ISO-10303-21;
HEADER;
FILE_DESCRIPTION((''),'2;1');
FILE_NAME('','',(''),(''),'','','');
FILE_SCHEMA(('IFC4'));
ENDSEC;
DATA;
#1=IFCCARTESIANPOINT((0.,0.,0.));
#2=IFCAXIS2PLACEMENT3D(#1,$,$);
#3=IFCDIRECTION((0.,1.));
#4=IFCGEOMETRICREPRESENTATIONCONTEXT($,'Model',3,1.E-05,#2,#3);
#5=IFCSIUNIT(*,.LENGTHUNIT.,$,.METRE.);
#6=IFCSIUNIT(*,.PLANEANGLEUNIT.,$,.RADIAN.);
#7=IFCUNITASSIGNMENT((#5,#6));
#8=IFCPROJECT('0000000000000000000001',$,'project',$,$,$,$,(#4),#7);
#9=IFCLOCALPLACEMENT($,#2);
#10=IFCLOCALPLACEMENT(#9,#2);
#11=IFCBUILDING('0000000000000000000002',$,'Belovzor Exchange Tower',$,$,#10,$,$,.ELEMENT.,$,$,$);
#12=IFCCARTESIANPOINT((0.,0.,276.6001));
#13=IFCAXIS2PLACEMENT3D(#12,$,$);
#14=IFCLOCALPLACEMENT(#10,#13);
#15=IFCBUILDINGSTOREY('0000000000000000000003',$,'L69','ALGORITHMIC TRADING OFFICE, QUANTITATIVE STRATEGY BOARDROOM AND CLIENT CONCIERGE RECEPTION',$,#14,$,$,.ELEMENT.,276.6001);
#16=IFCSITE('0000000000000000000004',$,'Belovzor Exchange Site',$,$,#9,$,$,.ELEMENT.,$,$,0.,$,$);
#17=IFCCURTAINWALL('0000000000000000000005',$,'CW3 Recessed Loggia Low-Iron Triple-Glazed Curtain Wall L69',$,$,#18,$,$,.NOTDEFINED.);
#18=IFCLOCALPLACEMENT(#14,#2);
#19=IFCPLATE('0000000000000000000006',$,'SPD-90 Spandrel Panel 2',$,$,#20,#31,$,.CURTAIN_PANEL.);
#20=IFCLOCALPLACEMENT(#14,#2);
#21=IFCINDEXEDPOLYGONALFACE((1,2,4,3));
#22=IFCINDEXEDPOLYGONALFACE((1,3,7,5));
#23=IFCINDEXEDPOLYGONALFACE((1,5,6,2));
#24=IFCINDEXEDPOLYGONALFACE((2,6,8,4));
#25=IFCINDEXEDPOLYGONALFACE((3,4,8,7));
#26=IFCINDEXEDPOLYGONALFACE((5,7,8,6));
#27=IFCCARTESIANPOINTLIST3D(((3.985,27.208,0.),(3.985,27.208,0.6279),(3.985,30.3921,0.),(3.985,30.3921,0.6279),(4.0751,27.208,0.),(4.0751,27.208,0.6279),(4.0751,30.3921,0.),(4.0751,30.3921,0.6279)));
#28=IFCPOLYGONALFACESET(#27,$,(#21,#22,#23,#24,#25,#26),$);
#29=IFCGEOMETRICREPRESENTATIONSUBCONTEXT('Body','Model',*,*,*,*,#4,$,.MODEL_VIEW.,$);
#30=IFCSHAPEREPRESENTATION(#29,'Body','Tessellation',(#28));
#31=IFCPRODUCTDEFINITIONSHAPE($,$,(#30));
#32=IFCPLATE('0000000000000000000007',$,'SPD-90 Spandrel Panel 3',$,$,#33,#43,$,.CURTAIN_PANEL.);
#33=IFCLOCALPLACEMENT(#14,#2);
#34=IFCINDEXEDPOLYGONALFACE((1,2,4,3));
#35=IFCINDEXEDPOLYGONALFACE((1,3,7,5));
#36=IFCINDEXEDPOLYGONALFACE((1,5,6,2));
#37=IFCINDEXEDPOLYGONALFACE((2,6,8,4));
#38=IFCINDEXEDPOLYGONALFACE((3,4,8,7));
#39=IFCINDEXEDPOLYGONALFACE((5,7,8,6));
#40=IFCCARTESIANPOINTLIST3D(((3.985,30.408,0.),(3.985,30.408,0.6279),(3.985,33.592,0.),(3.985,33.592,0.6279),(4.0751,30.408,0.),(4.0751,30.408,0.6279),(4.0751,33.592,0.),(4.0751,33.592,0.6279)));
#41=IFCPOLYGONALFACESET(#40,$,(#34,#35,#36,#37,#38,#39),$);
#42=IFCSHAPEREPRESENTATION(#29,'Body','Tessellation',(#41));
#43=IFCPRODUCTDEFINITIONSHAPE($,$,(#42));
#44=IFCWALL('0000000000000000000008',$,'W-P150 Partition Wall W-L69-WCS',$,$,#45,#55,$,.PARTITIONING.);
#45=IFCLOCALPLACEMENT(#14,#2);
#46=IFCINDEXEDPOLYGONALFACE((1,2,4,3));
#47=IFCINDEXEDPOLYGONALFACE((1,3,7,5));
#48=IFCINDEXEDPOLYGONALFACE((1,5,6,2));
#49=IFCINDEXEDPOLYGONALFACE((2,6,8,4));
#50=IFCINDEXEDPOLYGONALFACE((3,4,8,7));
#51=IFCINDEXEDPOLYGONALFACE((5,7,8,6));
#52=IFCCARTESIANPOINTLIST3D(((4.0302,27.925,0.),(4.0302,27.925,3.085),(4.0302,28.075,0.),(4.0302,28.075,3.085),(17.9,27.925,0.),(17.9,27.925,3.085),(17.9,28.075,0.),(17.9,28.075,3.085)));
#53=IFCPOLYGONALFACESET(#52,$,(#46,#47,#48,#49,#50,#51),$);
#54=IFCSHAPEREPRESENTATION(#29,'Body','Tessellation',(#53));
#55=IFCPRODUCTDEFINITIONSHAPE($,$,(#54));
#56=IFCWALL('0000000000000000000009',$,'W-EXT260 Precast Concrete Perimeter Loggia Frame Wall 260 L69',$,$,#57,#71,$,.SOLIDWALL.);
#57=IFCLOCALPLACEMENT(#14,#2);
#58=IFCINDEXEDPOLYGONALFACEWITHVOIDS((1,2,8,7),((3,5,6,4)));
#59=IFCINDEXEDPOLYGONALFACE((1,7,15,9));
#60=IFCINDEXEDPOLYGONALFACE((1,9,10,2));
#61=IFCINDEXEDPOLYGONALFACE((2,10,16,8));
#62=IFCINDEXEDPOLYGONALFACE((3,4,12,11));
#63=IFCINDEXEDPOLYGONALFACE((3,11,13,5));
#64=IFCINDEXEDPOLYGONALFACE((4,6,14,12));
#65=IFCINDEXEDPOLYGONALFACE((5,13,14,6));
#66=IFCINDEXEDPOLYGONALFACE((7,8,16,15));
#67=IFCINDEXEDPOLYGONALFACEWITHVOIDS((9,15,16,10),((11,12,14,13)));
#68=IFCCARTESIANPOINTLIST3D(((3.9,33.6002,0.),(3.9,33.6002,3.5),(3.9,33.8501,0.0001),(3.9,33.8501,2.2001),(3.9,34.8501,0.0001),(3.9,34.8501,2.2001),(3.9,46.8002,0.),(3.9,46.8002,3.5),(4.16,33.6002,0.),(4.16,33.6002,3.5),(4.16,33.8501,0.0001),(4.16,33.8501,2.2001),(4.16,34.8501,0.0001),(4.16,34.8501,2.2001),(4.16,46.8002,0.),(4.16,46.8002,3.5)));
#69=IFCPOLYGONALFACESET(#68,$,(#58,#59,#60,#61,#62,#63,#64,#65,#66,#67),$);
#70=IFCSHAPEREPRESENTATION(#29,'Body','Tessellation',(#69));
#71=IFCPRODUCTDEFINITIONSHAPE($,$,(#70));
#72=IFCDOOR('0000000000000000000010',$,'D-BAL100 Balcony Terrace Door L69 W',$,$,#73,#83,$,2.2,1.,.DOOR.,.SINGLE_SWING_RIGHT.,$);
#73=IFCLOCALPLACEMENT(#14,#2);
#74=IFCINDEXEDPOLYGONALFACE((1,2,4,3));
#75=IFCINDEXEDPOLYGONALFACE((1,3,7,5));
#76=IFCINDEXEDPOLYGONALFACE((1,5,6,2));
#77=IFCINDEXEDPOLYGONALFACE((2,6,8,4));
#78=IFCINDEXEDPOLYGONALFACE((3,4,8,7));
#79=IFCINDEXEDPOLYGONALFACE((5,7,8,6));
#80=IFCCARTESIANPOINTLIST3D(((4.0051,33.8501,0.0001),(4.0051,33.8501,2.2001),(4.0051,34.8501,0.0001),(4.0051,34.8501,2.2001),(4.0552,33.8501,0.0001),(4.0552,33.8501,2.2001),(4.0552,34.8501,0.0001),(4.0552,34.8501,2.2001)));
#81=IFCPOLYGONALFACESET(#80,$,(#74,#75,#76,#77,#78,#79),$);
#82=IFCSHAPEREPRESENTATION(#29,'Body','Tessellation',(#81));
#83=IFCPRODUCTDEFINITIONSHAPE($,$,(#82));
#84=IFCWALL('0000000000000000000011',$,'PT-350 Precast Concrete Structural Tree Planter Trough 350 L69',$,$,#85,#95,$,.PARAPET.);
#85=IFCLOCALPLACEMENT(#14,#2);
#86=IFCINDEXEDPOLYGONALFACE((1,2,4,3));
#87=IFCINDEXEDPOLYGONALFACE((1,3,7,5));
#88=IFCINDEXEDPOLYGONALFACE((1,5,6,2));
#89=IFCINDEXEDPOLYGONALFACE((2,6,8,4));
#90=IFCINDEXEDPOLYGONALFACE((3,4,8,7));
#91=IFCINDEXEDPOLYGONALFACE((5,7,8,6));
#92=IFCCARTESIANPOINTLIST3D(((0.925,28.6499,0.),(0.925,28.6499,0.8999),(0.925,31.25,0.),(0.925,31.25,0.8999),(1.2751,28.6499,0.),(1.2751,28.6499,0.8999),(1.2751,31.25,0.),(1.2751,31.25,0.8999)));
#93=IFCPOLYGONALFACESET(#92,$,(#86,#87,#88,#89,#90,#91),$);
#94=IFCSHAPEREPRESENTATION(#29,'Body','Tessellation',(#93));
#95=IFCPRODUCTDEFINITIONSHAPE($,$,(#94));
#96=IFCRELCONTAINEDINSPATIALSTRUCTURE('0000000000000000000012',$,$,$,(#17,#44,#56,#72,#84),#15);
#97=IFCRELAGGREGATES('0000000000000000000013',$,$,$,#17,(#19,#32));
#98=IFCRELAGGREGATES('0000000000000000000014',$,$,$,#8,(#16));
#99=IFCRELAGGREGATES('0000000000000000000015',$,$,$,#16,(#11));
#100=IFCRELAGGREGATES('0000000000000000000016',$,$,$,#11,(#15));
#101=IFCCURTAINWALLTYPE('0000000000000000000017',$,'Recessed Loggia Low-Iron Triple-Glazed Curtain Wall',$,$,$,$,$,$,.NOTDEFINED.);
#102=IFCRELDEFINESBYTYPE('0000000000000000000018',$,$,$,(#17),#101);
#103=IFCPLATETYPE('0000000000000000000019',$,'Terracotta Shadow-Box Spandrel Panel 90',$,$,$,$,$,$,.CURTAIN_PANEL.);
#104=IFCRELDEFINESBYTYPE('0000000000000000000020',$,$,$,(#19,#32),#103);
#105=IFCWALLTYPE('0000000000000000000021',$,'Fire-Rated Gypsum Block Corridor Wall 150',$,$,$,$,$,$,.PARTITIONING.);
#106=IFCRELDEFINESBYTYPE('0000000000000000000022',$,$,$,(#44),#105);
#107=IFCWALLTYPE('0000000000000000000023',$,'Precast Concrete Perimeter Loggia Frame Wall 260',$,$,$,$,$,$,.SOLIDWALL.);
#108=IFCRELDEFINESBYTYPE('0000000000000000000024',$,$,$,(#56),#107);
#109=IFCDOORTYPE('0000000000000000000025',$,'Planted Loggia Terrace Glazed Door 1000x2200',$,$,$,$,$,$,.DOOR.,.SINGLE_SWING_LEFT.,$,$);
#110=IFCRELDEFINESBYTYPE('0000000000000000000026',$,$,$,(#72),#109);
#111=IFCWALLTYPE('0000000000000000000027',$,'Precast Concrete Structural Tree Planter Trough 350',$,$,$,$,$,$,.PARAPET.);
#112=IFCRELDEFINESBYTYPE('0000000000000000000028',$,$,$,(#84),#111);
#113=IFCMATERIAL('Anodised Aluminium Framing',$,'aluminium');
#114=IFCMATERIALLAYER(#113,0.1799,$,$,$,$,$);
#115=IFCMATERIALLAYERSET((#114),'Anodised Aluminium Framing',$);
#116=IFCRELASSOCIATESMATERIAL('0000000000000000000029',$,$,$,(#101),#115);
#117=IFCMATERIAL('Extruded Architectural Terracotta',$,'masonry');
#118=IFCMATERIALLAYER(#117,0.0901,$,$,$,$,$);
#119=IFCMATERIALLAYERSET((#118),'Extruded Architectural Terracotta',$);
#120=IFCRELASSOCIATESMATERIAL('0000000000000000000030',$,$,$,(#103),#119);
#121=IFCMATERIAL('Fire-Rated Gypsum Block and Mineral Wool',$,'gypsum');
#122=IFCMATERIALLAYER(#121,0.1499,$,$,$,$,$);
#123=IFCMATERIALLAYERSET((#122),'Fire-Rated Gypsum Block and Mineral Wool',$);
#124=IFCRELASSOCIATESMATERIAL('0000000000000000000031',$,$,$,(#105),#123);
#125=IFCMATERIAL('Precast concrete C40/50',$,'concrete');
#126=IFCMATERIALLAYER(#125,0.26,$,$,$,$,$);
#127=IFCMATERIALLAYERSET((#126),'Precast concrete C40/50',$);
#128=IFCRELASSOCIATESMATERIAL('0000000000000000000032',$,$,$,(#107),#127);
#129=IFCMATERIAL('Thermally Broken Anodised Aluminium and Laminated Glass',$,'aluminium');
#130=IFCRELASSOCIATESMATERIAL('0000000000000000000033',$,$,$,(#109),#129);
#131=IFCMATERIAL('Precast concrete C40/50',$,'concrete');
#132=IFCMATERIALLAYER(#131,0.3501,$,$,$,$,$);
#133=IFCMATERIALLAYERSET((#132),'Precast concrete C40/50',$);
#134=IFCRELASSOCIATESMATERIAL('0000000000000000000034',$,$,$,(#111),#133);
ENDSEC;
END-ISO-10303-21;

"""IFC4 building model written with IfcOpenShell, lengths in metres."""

from ifc_helpers import new_model, si_unit, direction, frame, frame_2d, origin, origin_2d, place, context, subcontext, project, spatial, rectangle, extrude, material, layer, layer_set, type_object, element, fill, aggregate, save


model = new_model("IFC4")

# Units and contexts
model_context = context("Model", 3, precision=1e-05, world=origin(), true_north=direction((0.0, 1.0)))
body_context = subcontext(model_context, "Body", "Model", "MODEL_VIEW")
ifc_project = project(units=[si_unit("LENGTHUNIT", "METRE"), si_unit("PLANEANGLEUNIT", "RADIAN")], contexts=[model_context])

# Site, building, storey
site_placement = place(None, origin())
site = spatial("IfcSite", under=ifc_project, at=site_placement, Name="Belovzor Exchange Site", CompositionType="ELEMENT", RefElevation=0.0)
building_placement = place(site_placement, origin())
building = spatial("IfcBuilding", under=site, at=building_placement, Name="Belovzor Exchange Tower", CompositionType="ELEMENT")
storey_placement = place(building_placement, frame((0.0, 0.0, 276.6001)))
storey = spatial("IfcBuildingStorey", under=building, at=storey_placement, Name="L69", Description="ALGORITHMIC TRADING OFFICE, QUANTITATIVE STRATEGY BOARDROOM AND CLIENT CONCIERGE RECEPTION", CompositionType="ELEMENT", Elevation=276.6001)

# Curtain wall
ifc_material_1 = material(Name="Anodised Aluminium Framing", Category="aluminium")
ifc_layer_1 = layer(ifc_material_1, 0.1799)
ifc_layer_set_1 = layer_set([ifc_layer_1], Name="Anodised Aluminium Framing")
curtain_wall_type = type_object("IfcCurtainWallType", Name="Recessed Loggia Low-Iron Triple-Glazed Curtain Wall", PredefinedType="NOTDEFINED", material=ifc_layer_set_1)
curtain_wall_placement = place(storey_placement, origin())
curtain_wall = element("IfcCurtainWall", 1, at=curtain_wall_placement, inside=storey, type_object=curtain_wall_type, Name="CW3 Recessed Loggia Low-Iron Triple-Glazed Curtain Wall L69", PredefinedType="NOTDEFINED")

# Plates
ifc_material_2 = material(Name="Extruded Architectural Terracotta", Category="masonry")
ifc_layer_2 = layer(ifc_material_2, 0.0901)
ifc_layer_set_2 = layer_set([ifc_layer_2], Name="Extruded Architectural Terracotta")
plate_type_1 = type_object("IfcPlateType", Name="Terracotta Shadow-Box Spandrel Panel 90", PredefinedType="CURTAIN_PANEL", material=ifc_layer_set_2)
plate_1_placement = place(storey_placement, frame((4.03, 28.8, 0.0), z_axis=(0.0, 0.0, 1.0), x_axis=(0.0, 1.0, 0.0)))
plate_1 = element("IfcPlate", 2, at=plate_1_placement, type_object=plate_type_1, Name="SPD-90 Spandrel Panel 2", PredefinedType="CURTAIN_PANEL", context=body_context, shape_type="SweptSolid", body=[
    extrude(rectangle(XDim=3.1841, YDim=0.0901, at=origin_2d()), origin(), (0.0, 0.0, 1.0), 0.6279),
])
plate_2_placement = place(storey_placement, frame((4.03, 32.0, 0.0), z_axis=(0.0, 0.0, 1.0), x_axis=(0.0, 1.0, 0.0)))
plate_2 = element("IfcPlate", 3, at=plate_2_placement, type_object=plate_type_1, Name="SPD-90 Spandrel Panel 3", PredefinedType="CURTAIN_PANEL", context=body_context, shape_type="SweptSolid", body=[
    extrude(rectangle(XDim=3.1841, YDim=0.0901, at=origin_2d()), origin(), (0.0, 0.0, 1.0), 0.6279),
])
aggregate(curtain_wall, [plate_1, plate_2])

# Wall
ifc_material_3 = material(Name="Fire-Rated Gypsum Block and Mineral Wool", Category="gypsum")
ifc_layer_3 = layer(ifc_material_3, 0.1499)
ifc_layer_set_3 = layer_set([ifc_layer_3], Name="Fire-Rated Gypsum Block and Mineral Wool")
wall_type_1 = type_object("IfcWallType", Name="Fire-Rated Gypsum Block Corridor Wall 150", PredefinedType="PARTITIONING", material=ifc_layer_set_3)
wall_1_placement = place(storey_placement, frame((4.03, 28.0, 0.0), z_axis=(0.0, 0.0, 1.0), x_axis=(1.0, 0.0, 0.0)))
element("IfcWall", 4, at=wall_1_placement, inside=storey, type_object=wall_type_1, Name="W-P150 Partition Wall W-L69-WCS", PredefinedType="PARTITIONING", context=body_context, shape_type="SweptSolid", body=[
    extrude(rectangle(XDim=13.8699, YDim=0.1499, at=frame_2d((6.9351, 0.0))), origin(), (0.0, 0.0, 1.0), 3.085),
])

# Wall, opening, door
ifc_material_4 = material(Name="Precast concrete C40/50", Category="concrete")
ifc_layer_4 = layer(ifc_material_4, 0.26)
ifc_layer_set_4 = layer_set([ifc_layer_4], Name="Precast concrete C40/50")
wall_type_2 = type_object("IfcWallType", Name="Precast Concrete Perimeter Loggia Frame Wall 260", PredefinedType="SOLIDWALL", material=ifc_layer_set_4)
wall_2_placement = place(storey_placement, frame((4.03, 33.6001, 0.0), z_axis=(0.0, 0.0, 1.0), x_axis=(0.0, 1.0, 0.0)))
wall_2 = element("IfcWall", 5, at=wall_2_placement, inside=storey, type_object=wall_type_2, Name="W-EXT260 Precast Concrete Perimeter Loggia Frame Wall 260 L69", PredefinedType="SOLIDWALL", context=body_context, shape_type="SweptSolid", body=[
    extrude(rectangle(XDim=13.2, YDim=0.26, at=frame_2d((6.6001, 0.0))), origin(), (0.0, 0.0, 1.0), 3.5),
])
opening_placement = place(wall_2_placement, frame((0.25, 0.0, 0.0)))
opening = element("IfcOpeningElement", 6, at=opening_placement, cuts=wall_2, PredefinedType="OPENING", context=body_context, shape_type="SweptSolid", body=[
    extrude(rectangle(XDim=1.0, YDim=2.2, at=frame_2d((0.5, 1.1001))), frame((0.0, 0.1399, 0.0), z_axis=(0.0, -1.0, 0.0), x_axis=(1.0, 0.0, 0.0)), (0.0, 0.0, 1.0), 0.28),
])
ifc_material_5 = material(Name="Thermally Broken Anodised Aluminium and Laminated Glass", Category="aluminium")
door_type = type_object("IfcDoorType", Name="Planted Loggia Terrace Glazed Door 1000x2200", OperationType="SINGLE_SWING_LEFT", PredefinedType="DOOR", material=ifc_material_5)
door_placement = place(opening_placement, origin())
door = element("IfcDoor", 7, at=door_placement, inside=storey, type_object=door_type, Name="D-BAL100 Balcony Terrace Door L69 W", OperationType="SINGLE_SWING_RIGHT", OverallHeight=2.2, OverallWidth=1.0, PredefinedType="DOOR", context=body_context, shape_type="SweptSolid", body=[
    extrude(rectangle(XDim=1.0, YDim=2.2, at=frame_2d((0.5, 1.1001))), frame((0.0, 0.0249, 0.0), z_axis=(0.0, -1.0, 0.0), x_axis=(1.0, 0.0, 0.0)), (0.0, 0.0, 1.0), 0.05),
])
fill(opening, door)

# Wall
ifc_material_6 = material(Name="Precast concrete C40/50", Category="concrete")
ifc_layer_5 = layer(ifc_material_6, 0.3501)
ifc_layer_set_5 = layer_set([ifc_layer_5], Name="Precast concrete C40/50")
wall_type_3 = type_object("IfcWallType", Name="Precast Concrete Structural Tree Planter Trough 350", PredefinedType="PARAPET", material=ifc_layer_set_5)
wall_3_placement = place(storey_placement, frame((1.1001, 28.6499, 0.0), z_axis=(0.0, 0.0, 1.0), x_axis=(0.0, 1.0, 0.0)))
element("IfcWall", 8, at=wall_3_placement, inside=storey, type_object=wall_type_3, Name="PT-350 Precast Concrete Structural Tree Planter Trough 350 L69", PredefinedType="PARAPET", context=body_context, shape_type="SweptSolid", body=[
    extrude(rectangle(XDim=2.6001, YDim=0.3501, at=frame_2d((1.3, 0.0))), origin(), (0.0, 0.0, 1.0), 0.8999),
])

save(model, "model.ifc")
